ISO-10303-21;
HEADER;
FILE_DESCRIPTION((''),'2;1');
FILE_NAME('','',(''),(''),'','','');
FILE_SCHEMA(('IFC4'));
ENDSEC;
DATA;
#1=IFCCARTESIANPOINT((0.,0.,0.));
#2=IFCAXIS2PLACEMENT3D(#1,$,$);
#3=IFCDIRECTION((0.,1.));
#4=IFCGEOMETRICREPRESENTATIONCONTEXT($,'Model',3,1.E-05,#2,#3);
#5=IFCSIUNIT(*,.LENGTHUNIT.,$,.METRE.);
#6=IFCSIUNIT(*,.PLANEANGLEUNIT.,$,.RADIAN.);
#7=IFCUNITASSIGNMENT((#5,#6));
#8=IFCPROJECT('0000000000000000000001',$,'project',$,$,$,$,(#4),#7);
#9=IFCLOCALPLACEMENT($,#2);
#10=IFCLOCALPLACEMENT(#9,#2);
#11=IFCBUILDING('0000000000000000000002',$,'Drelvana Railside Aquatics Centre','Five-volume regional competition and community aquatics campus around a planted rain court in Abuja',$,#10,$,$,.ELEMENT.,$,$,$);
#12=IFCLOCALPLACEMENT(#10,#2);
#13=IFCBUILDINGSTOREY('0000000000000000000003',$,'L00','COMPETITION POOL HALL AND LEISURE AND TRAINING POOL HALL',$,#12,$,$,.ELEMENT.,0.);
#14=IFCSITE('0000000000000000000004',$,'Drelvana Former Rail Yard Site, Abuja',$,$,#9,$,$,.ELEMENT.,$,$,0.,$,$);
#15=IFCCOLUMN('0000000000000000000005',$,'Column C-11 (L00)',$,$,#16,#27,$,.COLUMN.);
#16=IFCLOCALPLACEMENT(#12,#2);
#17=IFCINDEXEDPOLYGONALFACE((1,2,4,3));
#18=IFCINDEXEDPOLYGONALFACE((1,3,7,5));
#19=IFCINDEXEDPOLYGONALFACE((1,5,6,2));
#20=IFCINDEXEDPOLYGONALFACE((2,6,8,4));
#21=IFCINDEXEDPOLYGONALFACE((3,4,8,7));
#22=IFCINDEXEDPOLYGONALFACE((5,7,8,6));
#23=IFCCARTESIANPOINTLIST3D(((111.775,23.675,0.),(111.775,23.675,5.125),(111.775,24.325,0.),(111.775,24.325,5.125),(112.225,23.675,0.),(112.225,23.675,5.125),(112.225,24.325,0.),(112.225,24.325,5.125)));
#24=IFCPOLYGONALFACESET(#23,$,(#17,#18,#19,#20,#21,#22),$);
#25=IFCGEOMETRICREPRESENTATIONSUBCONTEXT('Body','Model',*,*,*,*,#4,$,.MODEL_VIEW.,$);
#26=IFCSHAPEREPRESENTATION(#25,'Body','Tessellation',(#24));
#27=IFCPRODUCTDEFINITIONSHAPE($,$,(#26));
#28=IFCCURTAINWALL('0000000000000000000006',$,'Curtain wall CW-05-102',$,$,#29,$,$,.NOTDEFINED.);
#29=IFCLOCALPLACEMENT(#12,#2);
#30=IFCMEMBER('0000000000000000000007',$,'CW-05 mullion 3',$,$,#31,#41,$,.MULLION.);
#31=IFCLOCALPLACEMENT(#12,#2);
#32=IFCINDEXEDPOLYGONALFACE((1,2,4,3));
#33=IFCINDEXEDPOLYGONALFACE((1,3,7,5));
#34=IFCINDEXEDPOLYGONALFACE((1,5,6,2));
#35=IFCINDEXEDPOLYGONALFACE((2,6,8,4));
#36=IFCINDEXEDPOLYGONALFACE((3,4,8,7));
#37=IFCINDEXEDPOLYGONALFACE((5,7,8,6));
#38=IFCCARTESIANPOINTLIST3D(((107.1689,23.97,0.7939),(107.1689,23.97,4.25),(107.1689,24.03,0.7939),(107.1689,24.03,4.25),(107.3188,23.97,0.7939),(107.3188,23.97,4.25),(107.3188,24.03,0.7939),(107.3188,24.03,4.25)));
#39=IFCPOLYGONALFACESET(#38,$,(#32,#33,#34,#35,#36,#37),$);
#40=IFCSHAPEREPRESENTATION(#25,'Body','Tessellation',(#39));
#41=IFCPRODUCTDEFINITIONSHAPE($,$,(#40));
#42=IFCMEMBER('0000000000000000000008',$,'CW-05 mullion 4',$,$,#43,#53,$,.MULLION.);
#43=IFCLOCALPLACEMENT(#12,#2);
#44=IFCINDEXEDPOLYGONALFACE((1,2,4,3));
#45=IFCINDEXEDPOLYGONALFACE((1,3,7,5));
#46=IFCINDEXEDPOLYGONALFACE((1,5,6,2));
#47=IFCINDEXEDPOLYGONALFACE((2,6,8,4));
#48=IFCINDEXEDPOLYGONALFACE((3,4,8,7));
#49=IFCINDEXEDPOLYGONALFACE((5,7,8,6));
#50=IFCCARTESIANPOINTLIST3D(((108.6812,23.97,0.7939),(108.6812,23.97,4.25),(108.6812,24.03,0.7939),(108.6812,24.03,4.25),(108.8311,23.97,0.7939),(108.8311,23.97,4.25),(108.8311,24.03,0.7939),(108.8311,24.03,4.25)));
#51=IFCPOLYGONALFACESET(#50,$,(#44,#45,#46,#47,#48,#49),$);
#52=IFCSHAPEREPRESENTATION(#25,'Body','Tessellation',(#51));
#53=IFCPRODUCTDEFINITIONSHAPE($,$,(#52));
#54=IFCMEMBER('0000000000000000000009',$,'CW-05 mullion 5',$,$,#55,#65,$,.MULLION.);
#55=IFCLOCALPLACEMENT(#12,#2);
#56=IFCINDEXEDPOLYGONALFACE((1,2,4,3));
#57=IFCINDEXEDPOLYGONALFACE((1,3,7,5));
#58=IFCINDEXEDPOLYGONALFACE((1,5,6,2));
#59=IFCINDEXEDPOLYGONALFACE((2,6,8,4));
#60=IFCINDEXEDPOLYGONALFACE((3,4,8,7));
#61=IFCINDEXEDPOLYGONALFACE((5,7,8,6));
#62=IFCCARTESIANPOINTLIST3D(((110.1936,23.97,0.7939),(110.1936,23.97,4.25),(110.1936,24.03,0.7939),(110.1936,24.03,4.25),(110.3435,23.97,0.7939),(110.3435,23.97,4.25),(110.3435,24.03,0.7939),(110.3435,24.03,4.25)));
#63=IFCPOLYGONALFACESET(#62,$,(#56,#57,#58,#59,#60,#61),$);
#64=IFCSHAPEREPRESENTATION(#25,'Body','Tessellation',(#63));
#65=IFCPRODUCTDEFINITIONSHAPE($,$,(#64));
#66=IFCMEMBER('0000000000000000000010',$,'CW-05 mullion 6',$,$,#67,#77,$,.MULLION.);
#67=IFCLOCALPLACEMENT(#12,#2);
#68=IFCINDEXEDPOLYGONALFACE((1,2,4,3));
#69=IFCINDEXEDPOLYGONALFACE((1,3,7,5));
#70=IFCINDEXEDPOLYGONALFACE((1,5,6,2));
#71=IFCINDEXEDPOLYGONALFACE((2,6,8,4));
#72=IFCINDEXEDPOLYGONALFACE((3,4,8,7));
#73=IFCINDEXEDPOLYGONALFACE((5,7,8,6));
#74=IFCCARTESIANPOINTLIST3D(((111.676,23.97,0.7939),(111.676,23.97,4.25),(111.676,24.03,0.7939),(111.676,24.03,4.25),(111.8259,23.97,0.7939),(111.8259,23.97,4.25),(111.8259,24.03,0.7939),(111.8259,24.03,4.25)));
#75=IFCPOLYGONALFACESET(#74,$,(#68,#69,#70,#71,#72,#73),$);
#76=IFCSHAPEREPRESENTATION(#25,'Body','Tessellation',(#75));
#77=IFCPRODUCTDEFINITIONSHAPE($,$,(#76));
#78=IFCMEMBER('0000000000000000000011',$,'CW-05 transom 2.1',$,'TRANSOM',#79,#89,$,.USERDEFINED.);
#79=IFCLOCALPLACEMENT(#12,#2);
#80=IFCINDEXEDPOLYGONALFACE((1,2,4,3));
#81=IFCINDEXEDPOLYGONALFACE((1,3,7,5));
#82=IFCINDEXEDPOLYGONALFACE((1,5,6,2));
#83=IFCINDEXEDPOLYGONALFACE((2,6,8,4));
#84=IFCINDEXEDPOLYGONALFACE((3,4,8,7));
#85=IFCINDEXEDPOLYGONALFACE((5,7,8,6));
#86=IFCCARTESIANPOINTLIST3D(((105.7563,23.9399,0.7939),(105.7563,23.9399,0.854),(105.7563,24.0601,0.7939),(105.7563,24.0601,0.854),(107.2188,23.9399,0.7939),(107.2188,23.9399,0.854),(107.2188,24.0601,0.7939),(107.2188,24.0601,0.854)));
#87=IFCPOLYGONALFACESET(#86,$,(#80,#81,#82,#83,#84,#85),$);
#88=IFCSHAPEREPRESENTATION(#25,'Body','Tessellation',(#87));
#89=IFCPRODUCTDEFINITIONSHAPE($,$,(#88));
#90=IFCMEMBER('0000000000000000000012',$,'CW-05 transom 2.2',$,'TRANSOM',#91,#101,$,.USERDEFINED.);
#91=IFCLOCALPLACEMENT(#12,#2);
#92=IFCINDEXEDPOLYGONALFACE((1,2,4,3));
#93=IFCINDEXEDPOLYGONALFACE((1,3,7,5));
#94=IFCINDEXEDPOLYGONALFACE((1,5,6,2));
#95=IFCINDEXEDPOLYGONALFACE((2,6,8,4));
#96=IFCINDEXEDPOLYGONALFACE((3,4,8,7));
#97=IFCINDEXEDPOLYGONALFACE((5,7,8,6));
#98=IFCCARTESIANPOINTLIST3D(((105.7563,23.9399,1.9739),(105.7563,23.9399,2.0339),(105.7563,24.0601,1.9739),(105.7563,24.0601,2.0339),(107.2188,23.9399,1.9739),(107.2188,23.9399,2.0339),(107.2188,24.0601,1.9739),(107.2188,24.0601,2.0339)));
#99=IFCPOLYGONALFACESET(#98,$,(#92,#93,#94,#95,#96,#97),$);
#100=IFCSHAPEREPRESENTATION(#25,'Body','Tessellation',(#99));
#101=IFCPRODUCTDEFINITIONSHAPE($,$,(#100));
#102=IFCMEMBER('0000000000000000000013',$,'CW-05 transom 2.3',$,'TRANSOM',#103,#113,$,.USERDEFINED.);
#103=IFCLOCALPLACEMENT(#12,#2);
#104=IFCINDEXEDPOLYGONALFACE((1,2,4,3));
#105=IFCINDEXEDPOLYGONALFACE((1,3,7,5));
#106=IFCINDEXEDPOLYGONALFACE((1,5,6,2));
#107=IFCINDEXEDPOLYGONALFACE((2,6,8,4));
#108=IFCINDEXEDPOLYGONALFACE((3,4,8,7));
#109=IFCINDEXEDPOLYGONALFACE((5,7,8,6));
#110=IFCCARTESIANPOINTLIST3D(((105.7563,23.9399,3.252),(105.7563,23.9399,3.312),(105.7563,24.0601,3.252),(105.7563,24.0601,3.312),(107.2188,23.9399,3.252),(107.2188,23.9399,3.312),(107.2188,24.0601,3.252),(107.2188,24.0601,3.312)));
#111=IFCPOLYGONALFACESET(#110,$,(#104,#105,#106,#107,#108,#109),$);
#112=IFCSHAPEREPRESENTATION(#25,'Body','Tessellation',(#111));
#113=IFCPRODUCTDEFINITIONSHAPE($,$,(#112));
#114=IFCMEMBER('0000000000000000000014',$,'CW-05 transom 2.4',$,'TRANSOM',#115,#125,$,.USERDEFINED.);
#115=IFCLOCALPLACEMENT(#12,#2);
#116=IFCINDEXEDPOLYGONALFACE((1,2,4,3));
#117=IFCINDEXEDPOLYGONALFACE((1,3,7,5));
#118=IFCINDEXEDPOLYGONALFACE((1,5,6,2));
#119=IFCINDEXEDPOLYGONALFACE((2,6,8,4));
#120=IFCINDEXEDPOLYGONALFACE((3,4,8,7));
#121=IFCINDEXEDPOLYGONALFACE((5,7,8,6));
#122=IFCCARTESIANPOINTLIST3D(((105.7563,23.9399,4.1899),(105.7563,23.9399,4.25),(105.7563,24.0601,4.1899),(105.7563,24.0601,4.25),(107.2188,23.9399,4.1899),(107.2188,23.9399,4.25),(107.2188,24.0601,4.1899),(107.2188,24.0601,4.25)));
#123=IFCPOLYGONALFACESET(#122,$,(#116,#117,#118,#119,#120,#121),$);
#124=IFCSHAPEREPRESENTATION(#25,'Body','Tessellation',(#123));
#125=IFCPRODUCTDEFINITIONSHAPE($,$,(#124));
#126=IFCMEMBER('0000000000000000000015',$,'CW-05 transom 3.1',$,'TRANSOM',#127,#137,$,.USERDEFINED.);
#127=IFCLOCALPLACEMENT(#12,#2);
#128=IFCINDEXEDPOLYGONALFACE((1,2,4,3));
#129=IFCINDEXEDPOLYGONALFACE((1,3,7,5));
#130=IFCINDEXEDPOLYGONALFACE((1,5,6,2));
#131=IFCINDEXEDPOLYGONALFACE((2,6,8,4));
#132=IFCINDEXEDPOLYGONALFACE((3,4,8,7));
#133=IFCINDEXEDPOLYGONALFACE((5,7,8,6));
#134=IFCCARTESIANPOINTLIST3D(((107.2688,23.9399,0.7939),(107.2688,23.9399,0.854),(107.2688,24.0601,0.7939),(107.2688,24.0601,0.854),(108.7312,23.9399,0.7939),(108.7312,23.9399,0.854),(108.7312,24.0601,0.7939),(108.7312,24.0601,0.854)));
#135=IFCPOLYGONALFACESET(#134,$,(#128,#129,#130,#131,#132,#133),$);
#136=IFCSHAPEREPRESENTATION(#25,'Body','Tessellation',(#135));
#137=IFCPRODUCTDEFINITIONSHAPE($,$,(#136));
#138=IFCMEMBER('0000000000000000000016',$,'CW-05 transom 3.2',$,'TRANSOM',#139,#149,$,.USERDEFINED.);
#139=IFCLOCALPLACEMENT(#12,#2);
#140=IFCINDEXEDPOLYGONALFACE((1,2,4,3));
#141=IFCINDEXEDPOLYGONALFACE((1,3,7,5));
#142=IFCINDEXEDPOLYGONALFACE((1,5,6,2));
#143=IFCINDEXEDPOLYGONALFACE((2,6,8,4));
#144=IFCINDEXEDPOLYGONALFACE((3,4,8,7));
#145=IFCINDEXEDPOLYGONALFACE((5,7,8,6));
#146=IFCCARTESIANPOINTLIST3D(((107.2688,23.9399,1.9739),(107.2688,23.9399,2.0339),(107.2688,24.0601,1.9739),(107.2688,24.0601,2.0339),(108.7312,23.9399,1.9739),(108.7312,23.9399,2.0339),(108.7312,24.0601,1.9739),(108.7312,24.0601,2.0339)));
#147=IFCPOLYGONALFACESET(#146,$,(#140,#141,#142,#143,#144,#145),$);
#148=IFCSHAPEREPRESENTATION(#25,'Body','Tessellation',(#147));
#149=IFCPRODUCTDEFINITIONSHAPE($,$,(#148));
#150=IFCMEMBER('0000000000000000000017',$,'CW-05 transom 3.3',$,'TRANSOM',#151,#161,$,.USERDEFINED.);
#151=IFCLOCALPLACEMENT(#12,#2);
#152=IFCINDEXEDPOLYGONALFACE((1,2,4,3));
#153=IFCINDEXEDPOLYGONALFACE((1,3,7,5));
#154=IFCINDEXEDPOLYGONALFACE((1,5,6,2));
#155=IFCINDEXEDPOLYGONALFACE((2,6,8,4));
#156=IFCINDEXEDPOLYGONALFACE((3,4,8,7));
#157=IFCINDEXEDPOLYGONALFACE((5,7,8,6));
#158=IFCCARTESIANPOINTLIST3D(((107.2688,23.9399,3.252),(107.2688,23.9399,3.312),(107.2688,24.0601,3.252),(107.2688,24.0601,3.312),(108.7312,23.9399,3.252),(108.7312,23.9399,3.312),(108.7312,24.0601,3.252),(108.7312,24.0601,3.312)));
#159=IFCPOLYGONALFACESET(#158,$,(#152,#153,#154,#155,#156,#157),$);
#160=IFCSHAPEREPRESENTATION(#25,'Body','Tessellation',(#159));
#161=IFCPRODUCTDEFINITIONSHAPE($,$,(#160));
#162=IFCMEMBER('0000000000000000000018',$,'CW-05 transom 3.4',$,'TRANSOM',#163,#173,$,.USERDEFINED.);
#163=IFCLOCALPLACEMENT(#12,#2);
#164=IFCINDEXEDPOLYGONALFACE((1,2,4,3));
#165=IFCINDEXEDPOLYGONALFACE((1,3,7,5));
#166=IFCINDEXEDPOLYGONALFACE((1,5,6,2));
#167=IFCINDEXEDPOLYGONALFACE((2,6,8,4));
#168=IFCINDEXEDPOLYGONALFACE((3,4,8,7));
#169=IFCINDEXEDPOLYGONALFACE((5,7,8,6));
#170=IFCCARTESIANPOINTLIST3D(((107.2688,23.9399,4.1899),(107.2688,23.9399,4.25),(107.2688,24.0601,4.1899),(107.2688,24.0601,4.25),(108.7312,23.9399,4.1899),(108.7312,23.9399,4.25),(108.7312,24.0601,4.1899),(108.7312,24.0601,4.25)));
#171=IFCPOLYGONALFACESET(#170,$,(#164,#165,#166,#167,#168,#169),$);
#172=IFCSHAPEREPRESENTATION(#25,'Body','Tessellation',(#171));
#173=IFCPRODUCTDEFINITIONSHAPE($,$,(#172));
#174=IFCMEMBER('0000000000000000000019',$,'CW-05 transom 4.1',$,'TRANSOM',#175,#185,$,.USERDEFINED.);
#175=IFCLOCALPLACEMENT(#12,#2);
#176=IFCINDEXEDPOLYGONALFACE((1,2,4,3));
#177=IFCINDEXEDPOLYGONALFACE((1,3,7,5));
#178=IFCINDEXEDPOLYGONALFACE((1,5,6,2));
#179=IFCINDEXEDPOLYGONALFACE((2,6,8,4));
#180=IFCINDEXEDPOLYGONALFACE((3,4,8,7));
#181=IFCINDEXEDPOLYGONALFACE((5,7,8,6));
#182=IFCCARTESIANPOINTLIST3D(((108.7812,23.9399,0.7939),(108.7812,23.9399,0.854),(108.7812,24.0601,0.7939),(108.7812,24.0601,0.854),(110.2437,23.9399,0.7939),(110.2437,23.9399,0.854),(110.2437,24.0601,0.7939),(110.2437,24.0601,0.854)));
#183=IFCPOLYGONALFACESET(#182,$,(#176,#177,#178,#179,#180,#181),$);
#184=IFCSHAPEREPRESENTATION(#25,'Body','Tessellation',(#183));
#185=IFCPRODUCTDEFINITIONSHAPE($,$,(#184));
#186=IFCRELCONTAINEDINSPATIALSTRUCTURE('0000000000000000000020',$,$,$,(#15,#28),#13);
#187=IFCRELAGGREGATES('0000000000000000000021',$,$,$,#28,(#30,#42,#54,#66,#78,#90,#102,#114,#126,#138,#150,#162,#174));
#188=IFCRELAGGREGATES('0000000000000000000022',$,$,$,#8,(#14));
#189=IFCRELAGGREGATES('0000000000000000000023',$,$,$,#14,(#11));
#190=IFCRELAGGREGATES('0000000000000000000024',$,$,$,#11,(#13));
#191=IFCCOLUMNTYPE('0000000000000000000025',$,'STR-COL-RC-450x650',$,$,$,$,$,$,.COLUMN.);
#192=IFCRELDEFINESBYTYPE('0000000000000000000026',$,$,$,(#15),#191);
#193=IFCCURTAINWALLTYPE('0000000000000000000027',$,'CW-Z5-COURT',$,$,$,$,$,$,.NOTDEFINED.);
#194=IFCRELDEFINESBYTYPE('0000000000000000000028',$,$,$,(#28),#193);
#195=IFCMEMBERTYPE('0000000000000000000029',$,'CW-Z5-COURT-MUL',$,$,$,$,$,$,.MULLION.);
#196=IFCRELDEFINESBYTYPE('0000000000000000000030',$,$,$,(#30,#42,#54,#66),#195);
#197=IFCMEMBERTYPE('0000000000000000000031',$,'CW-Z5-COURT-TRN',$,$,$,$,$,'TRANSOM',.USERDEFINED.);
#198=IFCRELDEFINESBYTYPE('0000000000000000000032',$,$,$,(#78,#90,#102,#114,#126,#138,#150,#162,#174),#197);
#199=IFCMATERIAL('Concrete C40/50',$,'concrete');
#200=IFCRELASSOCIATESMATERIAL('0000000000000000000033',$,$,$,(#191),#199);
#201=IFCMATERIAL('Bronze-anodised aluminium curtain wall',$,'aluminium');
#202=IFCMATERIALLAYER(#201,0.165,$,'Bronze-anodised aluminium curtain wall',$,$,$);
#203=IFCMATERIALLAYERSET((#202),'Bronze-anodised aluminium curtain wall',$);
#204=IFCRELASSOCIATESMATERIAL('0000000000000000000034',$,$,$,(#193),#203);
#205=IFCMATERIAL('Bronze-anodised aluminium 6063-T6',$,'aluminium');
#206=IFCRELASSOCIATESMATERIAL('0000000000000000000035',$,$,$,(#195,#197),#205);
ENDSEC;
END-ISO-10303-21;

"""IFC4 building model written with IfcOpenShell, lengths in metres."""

from ifc_helpers import new_model, si_unit, direction, frame, origin, origin_2d, place, context, subcontext, project, spatial, rectangle, extrude, material, layer, layer_set, material_profile, profile_set, type_object, element, aggregate, save


model = new_model("IFC4")

# Units and contexts
model_context = context("Model", 3, precision=1e-05, world=origin(), true_north=direction((0.0, 1.0)))
body_context = subcontext(model_context, "Body", "Model", "MODEL_VIEW")
ifc_project = project(units=[si_unit("LENGTHUNIT", "METRE"), si_unit("PLANEANGLEUNIT", "RADIAN")], contexts=[model_context])

# Site, building, storey
site_placement = place(None, origin())
site = spatial("IfcSite", under=ifc_project, at=site_placement, Name="Drelvana Former Rail Yard Site, Abuja", CompositionType="ELEMENT", RefElevation=0.0)
building_placement = place(site_placement, origin())
building = spatial("IfcBuilding", under=site, at=building_placement, Name="Drelvana Railside Aquatics Centre", Description="Five-volume regional competition and community aquatics campus around a planted rain court in Abuja", CompositionType="ELEMENT")
storey_placement = place(building_placement, origin())
storey = spatial("IfcBuildingStorey", under=building, at=storey_placement, Name="L00", Description="COMPETITION POOL HALL AND LEISURE AND TRAINING POOL HALL", CompositionType="ELEMENT", Elevation=0.0)

# Column
ifc_material_1 = material(Name="Concrete C40/50", Category="concrete")
ifc_material_profile_1 = material_profile(ifc_material_1, rectangle(XDim=0.45, YDim=0.6499, at=origin_2d()), Name="RC 450x650")
ifc_profile_set_1 = profile_set([ifc_material_profile_1], Name="Concrete C40/50")
column_type = type_object("IfcColumnType", Name="STR-COL-RC-450x650", PredefinedType="COLUMN", material=ifc_profile_set_1)
column_placement = place(storey_placement, frame((112.0, 24.0, 0.0), z_axis=(0.0, 0.0, 1.0), x_axis=(1.0, 0.0, 0.0)))
element("IfcColumn", 1, at=column_placement, inside=storey, type_object=column_type, Name="Column C-11 (L00)", PredefinedType="COLUMN", context=body_context, shape_type="SweptSolid", body=[
    extrude(rectangle(XDim=0.45, YDim=0.6499, at=origin_2d()), origin(), (0.0, 0.0, 1.0), 5.125),
])

# Curtain wall, members
ifc_material_2 = material(Name="Bronze-anodised aluminium curtain wall", Category="aluminium")
ifc_layer_1 = layer(ifc_material_2, 0.165, Name="Bronze-anodised aluminium curtain wall")
ifc_layer_set_1 = layer_set([ifc_layer_1], Name="Bronze-anodised aluminium curtain wall")
curtain_wall_type = type_object("IfcCurtainWallType", Name="CW-Z5-COURT", PredefinedType="NOTDEFINED", material=ifc_layer_set_1)
curtain_wall_placement = place(storey_placement, origin())
curtain_wall = element("IfcCurtainWall", 2, at=curtain_wall_placement, inside=storey, type_object=curtain_wall_type, Name="Curtain wall CW-05-102", PredefinedType="NOTDEFINED")
ifc_material_3 = material(Name="Bronze-anodised aluminium 6063-T6", Category="aluminium")
ifc_material_profile_2 = material_profile(ifc_material_3, rectangle(XDim=0.0601, YDim=0.1499, at=origin_2d()), Name="ALU-M 60x150")
ifc_profile_set_2 = profile_set([ifc_material_profile_2], Name="Bronze-anodised aluminium 6063-T6")
member_type_1 = type_object("IfcMemberType", Name="CW-Z5-COURT-MUL", PredefinedType="MULLION", material=ifc_profile_set_2)
member_1_placement = place(storey_placement, frame((107.2439, 24.0, 0.7939), z_axis=(0.0, 0.0, 1.0), x_axis=(0.0, 1.0, 0.0)))
member_1 = element("IfcMember", 3, at=member_1_placement, type_object=member_type_1, Name="CW-05 mullion 3", PredefinedType="MULLION", context=body_context, shape_type="SweptSolid", body=[
    extrude(rectangle(XDim=0.0601, YDim=0.1499, at=origin_2d()), origin(), (0.0, 0.0, 1.0), 3.4561),
])
member_2_placement = place(storey_placement, frame((108.7561, 24.0, 0.7939), z_axis=(0.0, 0.0, 1.0), x_axis=(0.0, 1.0, 0.0)))
member_2 = element("IfcMember", 4, at=member_2_placement, type_object=member_type_1, Name="CW-05 mullion 4", PredefinedType="MULLION", context=body_context, shape_type="SweptSolid", body=[
    extrude(rectangle(XDim=0.0601, YDim=0.1499, at=origin_2d()), origin(), (0.0, 0.0, 1.0), 3.4561),
])
member_3_placement = place(storey_placement, frame((110.2686, 24.0, 0.7939), z_axis=(0.0, 0.0, 1.0), x_axis=(0.0, 1.0, 0.0)))
member_3 = element("IfcMember", 5, at=member_3_placement, type_object=member_type_1, Name="CW-05 mullion 5", PredefinedType="MULLION", context=body_context, shape_type="SweptSolid", body=[
    extrude(rectangle(XDim=0.0601, YDim=0.1499, at=origin_2d()), origin(), (0.0, 0.0, 1.0), 3.4561),
])
member_4_placement = place(storey_placement, frame((111.751, 24.0, 0.7939), z_axis=(0.0, 0.0, 1.0), x_axis=(0.0, 1.0, 0.0)))
member_4 = element("IfcMember", 6, at=member_4_placement, type_object=member_type_1, Name="CW-05 mullion 6", PredefinedType="MULLION", context=body_context, shape_type="SweptSolid", body=[
    extrude(rectangle(XDim=0.0601, YDim=0.1499, at=origin_2d()), origin(), (0.0, 0.0, 1.0), 3.4561),
])
ifc_material_profile_3 = material_profile(ifc_material_3, rectangle(XDim=0.1201, YDim=0.0601, at=origin_2d()), Name="ALU-T 60x120")
ifc_profile_set_3 = profile_set([ifc_material_profile_3], Name="Bronze-anodised aluminium 6063-T6")
member_type_2 = type_object("IfcMemberType", Name="CW-Z5-COURT-TRN", ElementType="TRANSOM", PredefinedType="USERDEFINED", material=ifc_profile_set_3)
member_5_placement = place(storey_placement, frame((105.7563, 24.0, 0.824), z_axis=(1.0, 0.0, 0.0), x_axis=(0.0, 1.0, 0.0)))
member_5 = element("IfcMember", 7, at=member_5_placement, type_object=member_type_2, Name="CW-05 transom 2.1", ObjectType="TRANSOM", PredefinedType="USERDEFINED", context=body_context, shape_type="SweptSolid", body=[
    extrude(rectangle(XDim=0.1201, YDim=0.0601, at=origin_2d()), origin(), (0.0, 0.0, 1.0), 1.4624),
])
member_6_placement = place(storey_placement, frame((105.7563, 24.0, 2.0039), z_axis=(1.0, 0.0, 0.0), x_axis=(0.0, 1.0, 0.0)))
member_6 = element("IfcMember", 8, at=member_6_placement, type_object=member_type_2, Name="CW-05 transom 2.2", ObjectType="TRANSOM", PredefinedType="USERDEFINED", context=body_context, shape_type="SweptSolid", body=[
    extrude(rectangle(XDim=0.1201, YDim=0.0601, at=origin_2d()), origin(), (0.0, 0.0, 1.0), 1.4624),
])
member_7_placement = place(storey_placement, frame((105.7563, 24.0, 3.282), z_axis=(1.0, 0.0, 0.0), x_axis=(0.0, 1.0, 0.0)))
member_7 = element("IfcMember", 9, at=member_7_placement, type_object=member_type_2, Name="CW-05 transom 2.3", ObjectType="TRANSOM", PredefinedType="USERDEFINED", context=body_context, shape_type="SweptSolid", body=[
    extrude(rectangle(XDim=0.1201, YDim=0.0601, at=origin_2d()), origin(), (0.0, 0.0, 1.0), 1.4624),
])
member_8_placement = place(storey_placement, frame((105.7563, 24.0, 4.22), z_axis=(1.0, 0.0, 0.0), x_axis=(0.0, 1.0, 0.0)))
member_8 = element("IfcMember", 10, at=member_8_placement, type_object=member_type_2, Name="CW-05 transom 2.4", ObjectType="TRANSOM", PredefinedType="USERDEFINED", context=body_context, shape_type="SweptSolid", body=[
    extrude(rectangle(XDim=0.1201, YDim=0.0601, at=origin_2d()), origin(), (0.0, 0.0, 1.0), 1.4624),
])
member_9_placement = place(storey_placement, frame((107.2688, 24.0, 0.824), z_axis=(1.0, 0.0, 0.0), x_axis=(0.0, 1.0, 0.0)))
member_9 = element("IfcMember", 11, at=member_9_placement, type_object=member_type_2, Name="CW-05 transom 3.1", ObjectType="TRANSOM", PredefinedType="USERDEFINED", context=body_context, shape_type="SweptSolid", body=[
    extrude(rectangle(XDim=0.1201, YDim=0.0601, at=origin_2d()), origin(), (0.0, 0.0, 1.0), 1.4624),
])
member_10_placement = place(storey_placement, frame((107.2688, 24.0, 2.0039), z_axis=(1.0, 0.0, 0.0), x_axis=(0.0, 1.0, 0.0)))
member_10 = element("IfcMember", 12, at=member_10_placement, type_object=member_type_2, Name="CW-05 transom 3.2", ObjectType="TRANSOM", PredefinedType="USERDEFINED", context=body_context, shape_type="SweptSolid", body=[
    extrude(rectangle(XDim=0.1201, YDim=0.0601, at=origin_2d()), origin(), (0.0, 0.0, 1.0), 1.4624),
])
member_11_placement = place(storey_placement, frame((107.2688, 24.0, 3.282), z_axis=(1.0, 0.0, 0.0), x_axis=(0.0, 1.0, 0.0)))
member_11 = element("IfcMember", 13, at=member_11_placement, type_object=member_type_2, Name="CW-05 transom 3.3", ObjectType="TRANSOM", PredefinedType="USERDEFINED", context=body_context, shape_type="SweptSolid", body=[
    extrude(rectangle(XDim=0.1201, YDim=0.0601, at=origin_2d()), origin(), (0.0, 0.0, 1.0), 1.4624),
])
member_12_placement = place(storey_placement, frame((107.2688, 24.0, 4.22), z_axis=(1.0, 0.0, 0.0), x_axis=(0.0, 1.0, 0.0)))
member_12 = element("IfcMember", 14, at=member_12_placement, type_object=member_type_2, Name="CW-05 transom 3.4", ObjectType="TRANSOM", PredefinedType="USERDEFINED", context=body_context, shape_type="SweptSolid", body=[
    extrude(rectangle(XDim=0.1201, YDim=0.0601, at=origin_2d()), origin(), (0.0, 0.0, 1.0), 1.4624),
])
member_13_placement = place(storey_placement, frame((108.7812, 24.0, 0.824), z_axis=(1.0, 0.0, 0.0), x_axis=(0.0, 1.0, 0.0)))
member_13 = element("IfcMember", 15, at=member_13_placement, type_object=member_type_2, Name="CW-05 transom 4.1", ObjectType="TRANSOM", PredefinedType="USERDEFINED", context=body_context, shape_type="SweptSolid", body=[
    extrude(rectangle(XDim=0.1201, YDim=0.0601, at=origin_2d()), origin(), (0.0, 0.0, 1.0), 1.4624),
])
aggregate(curtain_wall, [member_1, member_2, member_3, member_4, member_5, member_6, member_7, member_8, member_9, member_10, member_11, member_12, member_13])

save(model, "model.ifc")
